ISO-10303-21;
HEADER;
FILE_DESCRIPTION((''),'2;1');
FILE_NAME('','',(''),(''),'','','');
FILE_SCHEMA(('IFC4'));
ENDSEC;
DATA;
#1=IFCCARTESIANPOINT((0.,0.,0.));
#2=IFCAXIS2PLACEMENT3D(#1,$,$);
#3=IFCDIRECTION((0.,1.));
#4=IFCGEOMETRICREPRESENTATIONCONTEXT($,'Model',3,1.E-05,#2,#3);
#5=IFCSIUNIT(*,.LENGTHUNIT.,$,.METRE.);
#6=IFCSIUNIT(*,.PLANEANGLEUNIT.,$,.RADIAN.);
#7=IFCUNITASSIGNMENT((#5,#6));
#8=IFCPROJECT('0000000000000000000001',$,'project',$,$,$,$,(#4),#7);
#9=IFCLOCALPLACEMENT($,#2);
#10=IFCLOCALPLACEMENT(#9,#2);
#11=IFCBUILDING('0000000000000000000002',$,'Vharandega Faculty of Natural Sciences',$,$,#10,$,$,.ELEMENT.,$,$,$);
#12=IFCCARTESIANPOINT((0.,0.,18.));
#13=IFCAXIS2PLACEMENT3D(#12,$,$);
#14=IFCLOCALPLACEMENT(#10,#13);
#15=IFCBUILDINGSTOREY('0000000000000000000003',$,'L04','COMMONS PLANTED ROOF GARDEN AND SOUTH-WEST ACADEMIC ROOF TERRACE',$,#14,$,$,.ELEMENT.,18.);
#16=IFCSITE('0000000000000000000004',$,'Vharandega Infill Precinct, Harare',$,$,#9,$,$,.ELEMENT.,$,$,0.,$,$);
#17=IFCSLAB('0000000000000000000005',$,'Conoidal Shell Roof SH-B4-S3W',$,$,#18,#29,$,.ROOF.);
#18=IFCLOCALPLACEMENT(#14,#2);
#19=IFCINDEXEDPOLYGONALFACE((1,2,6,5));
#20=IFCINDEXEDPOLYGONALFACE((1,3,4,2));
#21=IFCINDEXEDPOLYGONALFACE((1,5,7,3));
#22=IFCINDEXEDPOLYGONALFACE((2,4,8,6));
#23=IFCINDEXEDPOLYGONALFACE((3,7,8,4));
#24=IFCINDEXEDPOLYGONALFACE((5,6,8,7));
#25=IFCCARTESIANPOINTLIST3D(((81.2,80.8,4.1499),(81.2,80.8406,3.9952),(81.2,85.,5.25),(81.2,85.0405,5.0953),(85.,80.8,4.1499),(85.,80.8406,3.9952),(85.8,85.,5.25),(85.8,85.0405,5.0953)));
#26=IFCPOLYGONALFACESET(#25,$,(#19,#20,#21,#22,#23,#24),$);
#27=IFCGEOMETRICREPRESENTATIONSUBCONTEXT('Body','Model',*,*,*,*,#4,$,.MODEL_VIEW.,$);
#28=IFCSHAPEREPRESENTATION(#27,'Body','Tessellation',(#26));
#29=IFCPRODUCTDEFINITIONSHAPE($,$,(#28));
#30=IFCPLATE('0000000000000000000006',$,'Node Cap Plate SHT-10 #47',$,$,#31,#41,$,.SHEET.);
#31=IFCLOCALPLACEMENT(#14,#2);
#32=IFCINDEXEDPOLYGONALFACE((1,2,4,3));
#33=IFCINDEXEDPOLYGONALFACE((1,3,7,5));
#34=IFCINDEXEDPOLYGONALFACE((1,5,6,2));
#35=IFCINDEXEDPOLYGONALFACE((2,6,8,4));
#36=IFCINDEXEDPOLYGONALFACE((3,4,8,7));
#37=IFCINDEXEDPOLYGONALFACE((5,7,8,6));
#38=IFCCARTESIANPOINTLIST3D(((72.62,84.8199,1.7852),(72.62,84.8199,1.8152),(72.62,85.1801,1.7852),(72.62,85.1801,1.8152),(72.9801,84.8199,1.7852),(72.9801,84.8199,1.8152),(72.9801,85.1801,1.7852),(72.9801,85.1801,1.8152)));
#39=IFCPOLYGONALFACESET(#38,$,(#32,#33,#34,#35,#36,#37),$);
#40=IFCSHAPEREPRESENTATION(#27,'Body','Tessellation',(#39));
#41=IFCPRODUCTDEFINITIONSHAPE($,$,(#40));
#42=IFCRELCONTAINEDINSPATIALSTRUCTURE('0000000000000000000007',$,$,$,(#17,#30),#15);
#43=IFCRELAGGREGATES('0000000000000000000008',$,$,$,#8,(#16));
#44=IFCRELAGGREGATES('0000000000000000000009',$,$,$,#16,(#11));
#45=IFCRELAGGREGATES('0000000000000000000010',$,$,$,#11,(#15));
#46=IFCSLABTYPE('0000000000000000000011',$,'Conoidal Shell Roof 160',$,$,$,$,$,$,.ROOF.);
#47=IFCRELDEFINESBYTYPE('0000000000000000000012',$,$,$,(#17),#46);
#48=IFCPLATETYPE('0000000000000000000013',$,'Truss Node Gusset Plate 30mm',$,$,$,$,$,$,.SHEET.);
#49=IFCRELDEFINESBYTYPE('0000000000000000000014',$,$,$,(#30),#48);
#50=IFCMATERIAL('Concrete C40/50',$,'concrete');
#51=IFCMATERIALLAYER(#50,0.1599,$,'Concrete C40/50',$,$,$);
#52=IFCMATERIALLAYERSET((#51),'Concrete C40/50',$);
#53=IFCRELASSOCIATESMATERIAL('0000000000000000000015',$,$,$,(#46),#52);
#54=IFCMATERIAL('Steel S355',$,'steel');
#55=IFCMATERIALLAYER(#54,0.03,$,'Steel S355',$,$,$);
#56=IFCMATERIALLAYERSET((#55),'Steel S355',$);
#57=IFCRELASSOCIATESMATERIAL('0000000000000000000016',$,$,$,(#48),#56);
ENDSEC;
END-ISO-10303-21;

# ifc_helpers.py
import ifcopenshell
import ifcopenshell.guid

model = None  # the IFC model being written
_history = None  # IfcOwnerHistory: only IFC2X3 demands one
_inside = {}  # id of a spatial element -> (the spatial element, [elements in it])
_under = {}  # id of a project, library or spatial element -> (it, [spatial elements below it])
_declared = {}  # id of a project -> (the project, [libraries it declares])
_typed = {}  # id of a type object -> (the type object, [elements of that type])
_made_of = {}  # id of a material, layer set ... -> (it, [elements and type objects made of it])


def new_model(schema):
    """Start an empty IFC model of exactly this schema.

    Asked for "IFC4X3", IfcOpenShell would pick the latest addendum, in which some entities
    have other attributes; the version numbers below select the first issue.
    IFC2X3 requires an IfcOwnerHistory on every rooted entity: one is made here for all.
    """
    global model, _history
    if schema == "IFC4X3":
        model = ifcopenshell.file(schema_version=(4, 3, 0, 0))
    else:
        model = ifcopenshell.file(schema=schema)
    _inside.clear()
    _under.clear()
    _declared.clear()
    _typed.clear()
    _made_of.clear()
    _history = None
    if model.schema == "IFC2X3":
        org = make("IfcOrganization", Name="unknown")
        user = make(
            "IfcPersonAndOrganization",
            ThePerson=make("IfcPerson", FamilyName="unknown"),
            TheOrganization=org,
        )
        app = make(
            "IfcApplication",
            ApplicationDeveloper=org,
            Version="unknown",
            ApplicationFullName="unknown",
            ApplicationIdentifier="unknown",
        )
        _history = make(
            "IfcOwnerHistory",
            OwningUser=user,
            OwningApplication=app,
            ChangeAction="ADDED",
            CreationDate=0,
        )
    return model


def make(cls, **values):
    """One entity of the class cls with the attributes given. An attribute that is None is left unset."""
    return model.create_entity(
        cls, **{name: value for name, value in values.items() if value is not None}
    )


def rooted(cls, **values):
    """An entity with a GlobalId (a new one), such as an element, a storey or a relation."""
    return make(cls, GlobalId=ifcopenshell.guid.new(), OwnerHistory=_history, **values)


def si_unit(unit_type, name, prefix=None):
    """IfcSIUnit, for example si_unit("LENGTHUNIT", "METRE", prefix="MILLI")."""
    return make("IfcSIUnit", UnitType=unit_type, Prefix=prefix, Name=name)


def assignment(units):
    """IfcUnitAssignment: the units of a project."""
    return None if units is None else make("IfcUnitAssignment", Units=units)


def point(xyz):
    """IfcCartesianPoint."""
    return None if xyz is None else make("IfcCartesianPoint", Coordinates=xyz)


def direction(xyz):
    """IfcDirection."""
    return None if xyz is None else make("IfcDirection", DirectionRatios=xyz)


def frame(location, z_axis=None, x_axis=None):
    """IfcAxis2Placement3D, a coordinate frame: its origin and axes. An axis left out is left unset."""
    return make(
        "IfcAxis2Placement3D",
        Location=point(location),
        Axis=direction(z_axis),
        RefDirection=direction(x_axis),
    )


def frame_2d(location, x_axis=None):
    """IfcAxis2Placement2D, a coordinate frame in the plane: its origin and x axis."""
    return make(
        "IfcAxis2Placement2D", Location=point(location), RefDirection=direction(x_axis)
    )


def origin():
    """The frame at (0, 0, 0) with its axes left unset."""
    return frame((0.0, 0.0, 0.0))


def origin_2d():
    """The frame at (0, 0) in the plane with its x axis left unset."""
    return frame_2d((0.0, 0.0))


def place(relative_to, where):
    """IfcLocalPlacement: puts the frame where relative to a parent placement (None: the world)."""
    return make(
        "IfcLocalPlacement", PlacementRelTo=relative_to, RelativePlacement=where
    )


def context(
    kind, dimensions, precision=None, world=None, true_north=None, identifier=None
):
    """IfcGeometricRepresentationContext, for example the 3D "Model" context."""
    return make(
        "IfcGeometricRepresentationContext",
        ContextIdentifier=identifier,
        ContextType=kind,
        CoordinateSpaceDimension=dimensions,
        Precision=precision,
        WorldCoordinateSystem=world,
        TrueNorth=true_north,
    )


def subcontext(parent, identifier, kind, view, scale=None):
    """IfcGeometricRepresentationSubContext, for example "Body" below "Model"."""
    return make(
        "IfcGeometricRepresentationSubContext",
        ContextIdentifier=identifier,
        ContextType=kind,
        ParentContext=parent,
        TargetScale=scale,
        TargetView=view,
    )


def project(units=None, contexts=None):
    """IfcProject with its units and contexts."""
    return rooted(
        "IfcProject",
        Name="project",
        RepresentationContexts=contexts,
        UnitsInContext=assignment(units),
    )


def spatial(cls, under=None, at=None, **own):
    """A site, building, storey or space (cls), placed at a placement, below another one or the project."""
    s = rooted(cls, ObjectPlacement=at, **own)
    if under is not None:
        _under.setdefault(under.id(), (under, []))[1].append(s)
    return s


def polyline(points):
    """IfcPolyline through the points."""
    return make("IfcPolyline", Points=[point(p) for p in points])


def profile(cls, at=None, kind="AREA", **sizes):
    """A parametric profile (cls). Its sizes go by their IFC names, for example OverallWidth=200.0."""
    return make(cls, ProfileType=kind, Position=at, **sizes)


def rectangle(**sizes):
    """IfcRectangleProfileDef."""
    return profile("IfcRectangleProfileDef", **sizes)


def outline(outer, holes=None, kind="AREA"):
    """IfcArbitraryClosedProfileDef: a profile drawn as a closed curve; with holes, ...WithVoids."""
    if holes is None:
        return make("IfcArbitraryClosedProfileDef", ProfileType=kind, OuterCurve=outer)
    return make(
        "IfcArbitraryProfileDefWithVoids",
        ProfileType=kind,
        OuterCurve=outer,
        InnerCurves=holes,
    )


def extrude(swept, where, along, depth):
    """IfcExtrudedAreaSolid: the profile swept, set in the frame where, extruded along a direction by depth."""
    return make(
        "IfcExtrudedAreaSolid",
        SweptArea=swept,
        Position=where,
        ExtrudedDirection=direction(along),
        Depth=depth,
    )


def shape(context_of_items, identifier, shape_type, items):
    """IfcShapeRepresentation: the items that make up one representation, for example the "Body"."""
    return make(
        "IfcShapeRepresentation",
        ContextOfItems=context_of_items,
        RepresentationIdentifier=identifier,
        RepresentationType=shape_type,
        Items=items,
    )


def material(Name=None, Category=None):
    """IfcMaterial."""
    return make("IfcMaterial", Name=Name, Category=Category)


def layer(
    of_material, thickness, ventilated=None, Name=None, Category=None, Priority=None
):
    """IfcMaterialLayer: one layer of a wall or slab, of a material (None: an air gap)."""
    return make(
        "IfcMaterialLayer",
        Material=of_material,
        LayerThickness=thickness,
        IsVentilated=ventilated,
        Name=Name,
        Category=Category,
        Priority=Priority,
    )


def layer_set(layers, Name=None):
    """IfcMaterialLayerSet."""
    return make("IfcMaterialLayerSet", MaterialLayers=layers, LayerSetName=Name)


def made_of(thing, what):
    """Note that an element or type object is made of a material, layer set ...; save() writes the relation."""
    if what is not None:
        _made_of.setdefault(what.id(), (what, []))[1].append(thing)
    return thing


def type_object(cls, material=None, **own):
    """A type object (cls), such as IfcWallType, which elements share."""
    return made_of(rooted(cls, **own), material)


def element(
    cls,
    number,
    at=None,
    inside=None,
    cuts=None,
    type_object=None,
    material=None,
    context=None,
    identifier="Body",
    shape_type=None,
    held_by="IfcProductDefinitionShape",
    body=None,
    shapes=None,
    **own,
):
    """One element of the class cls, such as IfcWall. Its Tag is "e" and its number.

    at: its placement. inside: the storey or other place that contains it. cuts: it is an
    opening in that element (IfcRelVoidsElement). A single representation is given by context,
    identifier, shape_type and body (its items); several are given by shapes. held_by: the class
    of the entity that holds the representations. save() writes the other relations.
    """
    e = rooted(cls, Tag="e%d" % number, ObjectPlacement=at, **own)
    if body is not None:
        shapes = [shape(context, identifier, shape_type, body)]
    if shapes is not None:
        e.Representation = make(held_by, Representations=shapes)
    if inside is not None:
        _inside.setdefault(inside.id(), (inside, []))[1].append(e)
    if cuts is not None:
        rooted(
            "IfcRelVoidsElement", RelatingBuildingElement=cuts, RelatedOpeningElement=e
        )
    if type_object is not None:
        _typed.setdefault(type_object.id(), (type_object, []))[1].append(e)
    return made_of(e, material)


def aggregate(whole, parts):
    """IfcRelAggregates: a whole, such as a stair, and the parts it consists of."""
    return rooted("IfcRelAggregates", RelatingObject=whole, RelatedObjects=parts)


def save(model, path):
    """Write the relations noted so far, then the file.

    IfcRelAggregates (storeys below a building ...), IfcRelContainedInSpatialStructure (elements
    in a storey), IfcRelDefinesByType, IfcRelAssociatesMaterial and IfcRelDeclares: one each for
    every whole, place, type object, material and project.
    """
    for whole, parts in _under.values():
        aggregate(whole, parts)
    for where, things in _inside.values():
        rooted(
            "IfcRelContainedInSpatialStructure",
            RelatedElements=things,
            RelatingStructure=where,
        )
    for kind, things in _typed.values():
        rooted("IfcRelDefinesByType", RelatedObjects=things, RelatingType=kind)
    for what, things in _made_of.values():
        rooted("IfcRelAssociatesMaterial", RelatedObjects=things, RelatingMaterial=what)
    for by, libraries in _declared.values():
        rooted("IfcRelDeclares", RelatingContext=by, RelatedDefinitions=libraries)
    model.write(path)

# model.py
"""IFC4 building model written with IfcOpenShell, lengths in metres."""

from ifc_helpers import new_model, si_unit, direction, frame, origin, origin_2d, place, context, subcontext, project, spatial, polyline, rectangle, outline, extrude, material, layer, layer_set, type_object, element, save


model = new_model("IFC4")

# Units and contexts
model_context = context("Model", 3, precision=1e-05, world=origin(), true_north=direction((0.0, 1.0)))
body_context = subcontext(model_context, "Body", "Model", "MODEL_VIEW")
ifc_project = project(units=[si_unit("LENGTHUNIT", "METRE"), si_unit("PLANEANGLEUNIT", "RADIAN")], contexts=[model_context])

# Site, building, storey
site_placement = place(None, origin())
site = spatial("IfcSite", under=ifc_project, at=site_placement, Name="Vharandega Infill Precinct, Harare", CompositionType="ELEMENT", RefElevation=0.0)
building_placement = place(site_placement, origin())
building = spatial("IfcBuilding", under=site, at=building_placement, Name="Vharandega Faculty of Natural Sciences", CompositionType="ELEMENT")
storey_placement = place(building_placement, frame((0.0, 0.0, 18.0)))
storey = spatial("IfcBuildingStorey", under=building, at=storey_placement, Name="L04", Description="COMMONS PLANTED ROOF GARDEN AND SOUTH-WEST ACADEMIC ROOF TERRACE", CompositionType="ELEMENT", Elevation=18.0)

# Slab
ifc_material_1 = material(Name="Concrete C40/50", Category="concrete")
ifc_layer_1 = layer(ifc_material_1, 0.1599, Name="Concrete C40/50")
ifc_layer_set_1 = layer_set([ifc_layer_1], Name="Concrete C40/50")
slab_type = type_object("IfcSlabType", Name="Conoidal Shell Roof 160", PredefinedType="ROOF", material=ifc_layer_set_1)
slab_1_placement = place(storey_placement, frame((81.2, 80.8, 4.1499), z_axis=(0.0, -0.253383, 0.967366), x_axis=(1.0, 0.0, 0.0)))
element("IfcSlab", 1, at=slab_1_placement, inside=storey, type_object=slab_type, Name="Conoidal Shell Roof SH-B4-S3W", PredefinedType="ROOF", context=body_context, shape_type="SweptSolid", body=[
    extrude(outline(polyline([(0.0, 0.0), (3.8, 0.0), (4.6001, 4.3416), (0.0, 4.3416), (0.0, 0.0)])), origin(), (0.0, 0.0, -1.0), 0.1599),
])

# Plate
ifc_material_2 = material(Name="Steel S355", Category="steel")
ifc_layer_2 = layer(ifc_material_2, 0.03, Name="Steel S355")
ifc_layer_set_2 = layer_set([ifc_layer_2], Name="Steel S355")
plate_type = type_object("IfcPlateType", Name="Truss Node Gusset Plate 30mm", PredefinedType="SHEET", material=ifc_layer_set_2)
plate_placement = place(storey_placement, frame((72.8, 85.0, 1.7852), z_axis=(0.0, 0.0, 1.0), x_axis=(1.0, 0.0, 0.0)))
element("IfcPlate", 2, at=plate_placement, inside=storey, type_object=plate_type, Name="Node Cap Plate SHT-10 #47", PredefinedType="SHEET", context=body_context, shape_type="SweptSolid", body=[
    extrude(rectangle(XDim=0.3601, YDim=0.3601, at=origin_2d()), origin(), (0.0, 0.0, 1.0), 0.03),
])

save(model, "model.ifc")
